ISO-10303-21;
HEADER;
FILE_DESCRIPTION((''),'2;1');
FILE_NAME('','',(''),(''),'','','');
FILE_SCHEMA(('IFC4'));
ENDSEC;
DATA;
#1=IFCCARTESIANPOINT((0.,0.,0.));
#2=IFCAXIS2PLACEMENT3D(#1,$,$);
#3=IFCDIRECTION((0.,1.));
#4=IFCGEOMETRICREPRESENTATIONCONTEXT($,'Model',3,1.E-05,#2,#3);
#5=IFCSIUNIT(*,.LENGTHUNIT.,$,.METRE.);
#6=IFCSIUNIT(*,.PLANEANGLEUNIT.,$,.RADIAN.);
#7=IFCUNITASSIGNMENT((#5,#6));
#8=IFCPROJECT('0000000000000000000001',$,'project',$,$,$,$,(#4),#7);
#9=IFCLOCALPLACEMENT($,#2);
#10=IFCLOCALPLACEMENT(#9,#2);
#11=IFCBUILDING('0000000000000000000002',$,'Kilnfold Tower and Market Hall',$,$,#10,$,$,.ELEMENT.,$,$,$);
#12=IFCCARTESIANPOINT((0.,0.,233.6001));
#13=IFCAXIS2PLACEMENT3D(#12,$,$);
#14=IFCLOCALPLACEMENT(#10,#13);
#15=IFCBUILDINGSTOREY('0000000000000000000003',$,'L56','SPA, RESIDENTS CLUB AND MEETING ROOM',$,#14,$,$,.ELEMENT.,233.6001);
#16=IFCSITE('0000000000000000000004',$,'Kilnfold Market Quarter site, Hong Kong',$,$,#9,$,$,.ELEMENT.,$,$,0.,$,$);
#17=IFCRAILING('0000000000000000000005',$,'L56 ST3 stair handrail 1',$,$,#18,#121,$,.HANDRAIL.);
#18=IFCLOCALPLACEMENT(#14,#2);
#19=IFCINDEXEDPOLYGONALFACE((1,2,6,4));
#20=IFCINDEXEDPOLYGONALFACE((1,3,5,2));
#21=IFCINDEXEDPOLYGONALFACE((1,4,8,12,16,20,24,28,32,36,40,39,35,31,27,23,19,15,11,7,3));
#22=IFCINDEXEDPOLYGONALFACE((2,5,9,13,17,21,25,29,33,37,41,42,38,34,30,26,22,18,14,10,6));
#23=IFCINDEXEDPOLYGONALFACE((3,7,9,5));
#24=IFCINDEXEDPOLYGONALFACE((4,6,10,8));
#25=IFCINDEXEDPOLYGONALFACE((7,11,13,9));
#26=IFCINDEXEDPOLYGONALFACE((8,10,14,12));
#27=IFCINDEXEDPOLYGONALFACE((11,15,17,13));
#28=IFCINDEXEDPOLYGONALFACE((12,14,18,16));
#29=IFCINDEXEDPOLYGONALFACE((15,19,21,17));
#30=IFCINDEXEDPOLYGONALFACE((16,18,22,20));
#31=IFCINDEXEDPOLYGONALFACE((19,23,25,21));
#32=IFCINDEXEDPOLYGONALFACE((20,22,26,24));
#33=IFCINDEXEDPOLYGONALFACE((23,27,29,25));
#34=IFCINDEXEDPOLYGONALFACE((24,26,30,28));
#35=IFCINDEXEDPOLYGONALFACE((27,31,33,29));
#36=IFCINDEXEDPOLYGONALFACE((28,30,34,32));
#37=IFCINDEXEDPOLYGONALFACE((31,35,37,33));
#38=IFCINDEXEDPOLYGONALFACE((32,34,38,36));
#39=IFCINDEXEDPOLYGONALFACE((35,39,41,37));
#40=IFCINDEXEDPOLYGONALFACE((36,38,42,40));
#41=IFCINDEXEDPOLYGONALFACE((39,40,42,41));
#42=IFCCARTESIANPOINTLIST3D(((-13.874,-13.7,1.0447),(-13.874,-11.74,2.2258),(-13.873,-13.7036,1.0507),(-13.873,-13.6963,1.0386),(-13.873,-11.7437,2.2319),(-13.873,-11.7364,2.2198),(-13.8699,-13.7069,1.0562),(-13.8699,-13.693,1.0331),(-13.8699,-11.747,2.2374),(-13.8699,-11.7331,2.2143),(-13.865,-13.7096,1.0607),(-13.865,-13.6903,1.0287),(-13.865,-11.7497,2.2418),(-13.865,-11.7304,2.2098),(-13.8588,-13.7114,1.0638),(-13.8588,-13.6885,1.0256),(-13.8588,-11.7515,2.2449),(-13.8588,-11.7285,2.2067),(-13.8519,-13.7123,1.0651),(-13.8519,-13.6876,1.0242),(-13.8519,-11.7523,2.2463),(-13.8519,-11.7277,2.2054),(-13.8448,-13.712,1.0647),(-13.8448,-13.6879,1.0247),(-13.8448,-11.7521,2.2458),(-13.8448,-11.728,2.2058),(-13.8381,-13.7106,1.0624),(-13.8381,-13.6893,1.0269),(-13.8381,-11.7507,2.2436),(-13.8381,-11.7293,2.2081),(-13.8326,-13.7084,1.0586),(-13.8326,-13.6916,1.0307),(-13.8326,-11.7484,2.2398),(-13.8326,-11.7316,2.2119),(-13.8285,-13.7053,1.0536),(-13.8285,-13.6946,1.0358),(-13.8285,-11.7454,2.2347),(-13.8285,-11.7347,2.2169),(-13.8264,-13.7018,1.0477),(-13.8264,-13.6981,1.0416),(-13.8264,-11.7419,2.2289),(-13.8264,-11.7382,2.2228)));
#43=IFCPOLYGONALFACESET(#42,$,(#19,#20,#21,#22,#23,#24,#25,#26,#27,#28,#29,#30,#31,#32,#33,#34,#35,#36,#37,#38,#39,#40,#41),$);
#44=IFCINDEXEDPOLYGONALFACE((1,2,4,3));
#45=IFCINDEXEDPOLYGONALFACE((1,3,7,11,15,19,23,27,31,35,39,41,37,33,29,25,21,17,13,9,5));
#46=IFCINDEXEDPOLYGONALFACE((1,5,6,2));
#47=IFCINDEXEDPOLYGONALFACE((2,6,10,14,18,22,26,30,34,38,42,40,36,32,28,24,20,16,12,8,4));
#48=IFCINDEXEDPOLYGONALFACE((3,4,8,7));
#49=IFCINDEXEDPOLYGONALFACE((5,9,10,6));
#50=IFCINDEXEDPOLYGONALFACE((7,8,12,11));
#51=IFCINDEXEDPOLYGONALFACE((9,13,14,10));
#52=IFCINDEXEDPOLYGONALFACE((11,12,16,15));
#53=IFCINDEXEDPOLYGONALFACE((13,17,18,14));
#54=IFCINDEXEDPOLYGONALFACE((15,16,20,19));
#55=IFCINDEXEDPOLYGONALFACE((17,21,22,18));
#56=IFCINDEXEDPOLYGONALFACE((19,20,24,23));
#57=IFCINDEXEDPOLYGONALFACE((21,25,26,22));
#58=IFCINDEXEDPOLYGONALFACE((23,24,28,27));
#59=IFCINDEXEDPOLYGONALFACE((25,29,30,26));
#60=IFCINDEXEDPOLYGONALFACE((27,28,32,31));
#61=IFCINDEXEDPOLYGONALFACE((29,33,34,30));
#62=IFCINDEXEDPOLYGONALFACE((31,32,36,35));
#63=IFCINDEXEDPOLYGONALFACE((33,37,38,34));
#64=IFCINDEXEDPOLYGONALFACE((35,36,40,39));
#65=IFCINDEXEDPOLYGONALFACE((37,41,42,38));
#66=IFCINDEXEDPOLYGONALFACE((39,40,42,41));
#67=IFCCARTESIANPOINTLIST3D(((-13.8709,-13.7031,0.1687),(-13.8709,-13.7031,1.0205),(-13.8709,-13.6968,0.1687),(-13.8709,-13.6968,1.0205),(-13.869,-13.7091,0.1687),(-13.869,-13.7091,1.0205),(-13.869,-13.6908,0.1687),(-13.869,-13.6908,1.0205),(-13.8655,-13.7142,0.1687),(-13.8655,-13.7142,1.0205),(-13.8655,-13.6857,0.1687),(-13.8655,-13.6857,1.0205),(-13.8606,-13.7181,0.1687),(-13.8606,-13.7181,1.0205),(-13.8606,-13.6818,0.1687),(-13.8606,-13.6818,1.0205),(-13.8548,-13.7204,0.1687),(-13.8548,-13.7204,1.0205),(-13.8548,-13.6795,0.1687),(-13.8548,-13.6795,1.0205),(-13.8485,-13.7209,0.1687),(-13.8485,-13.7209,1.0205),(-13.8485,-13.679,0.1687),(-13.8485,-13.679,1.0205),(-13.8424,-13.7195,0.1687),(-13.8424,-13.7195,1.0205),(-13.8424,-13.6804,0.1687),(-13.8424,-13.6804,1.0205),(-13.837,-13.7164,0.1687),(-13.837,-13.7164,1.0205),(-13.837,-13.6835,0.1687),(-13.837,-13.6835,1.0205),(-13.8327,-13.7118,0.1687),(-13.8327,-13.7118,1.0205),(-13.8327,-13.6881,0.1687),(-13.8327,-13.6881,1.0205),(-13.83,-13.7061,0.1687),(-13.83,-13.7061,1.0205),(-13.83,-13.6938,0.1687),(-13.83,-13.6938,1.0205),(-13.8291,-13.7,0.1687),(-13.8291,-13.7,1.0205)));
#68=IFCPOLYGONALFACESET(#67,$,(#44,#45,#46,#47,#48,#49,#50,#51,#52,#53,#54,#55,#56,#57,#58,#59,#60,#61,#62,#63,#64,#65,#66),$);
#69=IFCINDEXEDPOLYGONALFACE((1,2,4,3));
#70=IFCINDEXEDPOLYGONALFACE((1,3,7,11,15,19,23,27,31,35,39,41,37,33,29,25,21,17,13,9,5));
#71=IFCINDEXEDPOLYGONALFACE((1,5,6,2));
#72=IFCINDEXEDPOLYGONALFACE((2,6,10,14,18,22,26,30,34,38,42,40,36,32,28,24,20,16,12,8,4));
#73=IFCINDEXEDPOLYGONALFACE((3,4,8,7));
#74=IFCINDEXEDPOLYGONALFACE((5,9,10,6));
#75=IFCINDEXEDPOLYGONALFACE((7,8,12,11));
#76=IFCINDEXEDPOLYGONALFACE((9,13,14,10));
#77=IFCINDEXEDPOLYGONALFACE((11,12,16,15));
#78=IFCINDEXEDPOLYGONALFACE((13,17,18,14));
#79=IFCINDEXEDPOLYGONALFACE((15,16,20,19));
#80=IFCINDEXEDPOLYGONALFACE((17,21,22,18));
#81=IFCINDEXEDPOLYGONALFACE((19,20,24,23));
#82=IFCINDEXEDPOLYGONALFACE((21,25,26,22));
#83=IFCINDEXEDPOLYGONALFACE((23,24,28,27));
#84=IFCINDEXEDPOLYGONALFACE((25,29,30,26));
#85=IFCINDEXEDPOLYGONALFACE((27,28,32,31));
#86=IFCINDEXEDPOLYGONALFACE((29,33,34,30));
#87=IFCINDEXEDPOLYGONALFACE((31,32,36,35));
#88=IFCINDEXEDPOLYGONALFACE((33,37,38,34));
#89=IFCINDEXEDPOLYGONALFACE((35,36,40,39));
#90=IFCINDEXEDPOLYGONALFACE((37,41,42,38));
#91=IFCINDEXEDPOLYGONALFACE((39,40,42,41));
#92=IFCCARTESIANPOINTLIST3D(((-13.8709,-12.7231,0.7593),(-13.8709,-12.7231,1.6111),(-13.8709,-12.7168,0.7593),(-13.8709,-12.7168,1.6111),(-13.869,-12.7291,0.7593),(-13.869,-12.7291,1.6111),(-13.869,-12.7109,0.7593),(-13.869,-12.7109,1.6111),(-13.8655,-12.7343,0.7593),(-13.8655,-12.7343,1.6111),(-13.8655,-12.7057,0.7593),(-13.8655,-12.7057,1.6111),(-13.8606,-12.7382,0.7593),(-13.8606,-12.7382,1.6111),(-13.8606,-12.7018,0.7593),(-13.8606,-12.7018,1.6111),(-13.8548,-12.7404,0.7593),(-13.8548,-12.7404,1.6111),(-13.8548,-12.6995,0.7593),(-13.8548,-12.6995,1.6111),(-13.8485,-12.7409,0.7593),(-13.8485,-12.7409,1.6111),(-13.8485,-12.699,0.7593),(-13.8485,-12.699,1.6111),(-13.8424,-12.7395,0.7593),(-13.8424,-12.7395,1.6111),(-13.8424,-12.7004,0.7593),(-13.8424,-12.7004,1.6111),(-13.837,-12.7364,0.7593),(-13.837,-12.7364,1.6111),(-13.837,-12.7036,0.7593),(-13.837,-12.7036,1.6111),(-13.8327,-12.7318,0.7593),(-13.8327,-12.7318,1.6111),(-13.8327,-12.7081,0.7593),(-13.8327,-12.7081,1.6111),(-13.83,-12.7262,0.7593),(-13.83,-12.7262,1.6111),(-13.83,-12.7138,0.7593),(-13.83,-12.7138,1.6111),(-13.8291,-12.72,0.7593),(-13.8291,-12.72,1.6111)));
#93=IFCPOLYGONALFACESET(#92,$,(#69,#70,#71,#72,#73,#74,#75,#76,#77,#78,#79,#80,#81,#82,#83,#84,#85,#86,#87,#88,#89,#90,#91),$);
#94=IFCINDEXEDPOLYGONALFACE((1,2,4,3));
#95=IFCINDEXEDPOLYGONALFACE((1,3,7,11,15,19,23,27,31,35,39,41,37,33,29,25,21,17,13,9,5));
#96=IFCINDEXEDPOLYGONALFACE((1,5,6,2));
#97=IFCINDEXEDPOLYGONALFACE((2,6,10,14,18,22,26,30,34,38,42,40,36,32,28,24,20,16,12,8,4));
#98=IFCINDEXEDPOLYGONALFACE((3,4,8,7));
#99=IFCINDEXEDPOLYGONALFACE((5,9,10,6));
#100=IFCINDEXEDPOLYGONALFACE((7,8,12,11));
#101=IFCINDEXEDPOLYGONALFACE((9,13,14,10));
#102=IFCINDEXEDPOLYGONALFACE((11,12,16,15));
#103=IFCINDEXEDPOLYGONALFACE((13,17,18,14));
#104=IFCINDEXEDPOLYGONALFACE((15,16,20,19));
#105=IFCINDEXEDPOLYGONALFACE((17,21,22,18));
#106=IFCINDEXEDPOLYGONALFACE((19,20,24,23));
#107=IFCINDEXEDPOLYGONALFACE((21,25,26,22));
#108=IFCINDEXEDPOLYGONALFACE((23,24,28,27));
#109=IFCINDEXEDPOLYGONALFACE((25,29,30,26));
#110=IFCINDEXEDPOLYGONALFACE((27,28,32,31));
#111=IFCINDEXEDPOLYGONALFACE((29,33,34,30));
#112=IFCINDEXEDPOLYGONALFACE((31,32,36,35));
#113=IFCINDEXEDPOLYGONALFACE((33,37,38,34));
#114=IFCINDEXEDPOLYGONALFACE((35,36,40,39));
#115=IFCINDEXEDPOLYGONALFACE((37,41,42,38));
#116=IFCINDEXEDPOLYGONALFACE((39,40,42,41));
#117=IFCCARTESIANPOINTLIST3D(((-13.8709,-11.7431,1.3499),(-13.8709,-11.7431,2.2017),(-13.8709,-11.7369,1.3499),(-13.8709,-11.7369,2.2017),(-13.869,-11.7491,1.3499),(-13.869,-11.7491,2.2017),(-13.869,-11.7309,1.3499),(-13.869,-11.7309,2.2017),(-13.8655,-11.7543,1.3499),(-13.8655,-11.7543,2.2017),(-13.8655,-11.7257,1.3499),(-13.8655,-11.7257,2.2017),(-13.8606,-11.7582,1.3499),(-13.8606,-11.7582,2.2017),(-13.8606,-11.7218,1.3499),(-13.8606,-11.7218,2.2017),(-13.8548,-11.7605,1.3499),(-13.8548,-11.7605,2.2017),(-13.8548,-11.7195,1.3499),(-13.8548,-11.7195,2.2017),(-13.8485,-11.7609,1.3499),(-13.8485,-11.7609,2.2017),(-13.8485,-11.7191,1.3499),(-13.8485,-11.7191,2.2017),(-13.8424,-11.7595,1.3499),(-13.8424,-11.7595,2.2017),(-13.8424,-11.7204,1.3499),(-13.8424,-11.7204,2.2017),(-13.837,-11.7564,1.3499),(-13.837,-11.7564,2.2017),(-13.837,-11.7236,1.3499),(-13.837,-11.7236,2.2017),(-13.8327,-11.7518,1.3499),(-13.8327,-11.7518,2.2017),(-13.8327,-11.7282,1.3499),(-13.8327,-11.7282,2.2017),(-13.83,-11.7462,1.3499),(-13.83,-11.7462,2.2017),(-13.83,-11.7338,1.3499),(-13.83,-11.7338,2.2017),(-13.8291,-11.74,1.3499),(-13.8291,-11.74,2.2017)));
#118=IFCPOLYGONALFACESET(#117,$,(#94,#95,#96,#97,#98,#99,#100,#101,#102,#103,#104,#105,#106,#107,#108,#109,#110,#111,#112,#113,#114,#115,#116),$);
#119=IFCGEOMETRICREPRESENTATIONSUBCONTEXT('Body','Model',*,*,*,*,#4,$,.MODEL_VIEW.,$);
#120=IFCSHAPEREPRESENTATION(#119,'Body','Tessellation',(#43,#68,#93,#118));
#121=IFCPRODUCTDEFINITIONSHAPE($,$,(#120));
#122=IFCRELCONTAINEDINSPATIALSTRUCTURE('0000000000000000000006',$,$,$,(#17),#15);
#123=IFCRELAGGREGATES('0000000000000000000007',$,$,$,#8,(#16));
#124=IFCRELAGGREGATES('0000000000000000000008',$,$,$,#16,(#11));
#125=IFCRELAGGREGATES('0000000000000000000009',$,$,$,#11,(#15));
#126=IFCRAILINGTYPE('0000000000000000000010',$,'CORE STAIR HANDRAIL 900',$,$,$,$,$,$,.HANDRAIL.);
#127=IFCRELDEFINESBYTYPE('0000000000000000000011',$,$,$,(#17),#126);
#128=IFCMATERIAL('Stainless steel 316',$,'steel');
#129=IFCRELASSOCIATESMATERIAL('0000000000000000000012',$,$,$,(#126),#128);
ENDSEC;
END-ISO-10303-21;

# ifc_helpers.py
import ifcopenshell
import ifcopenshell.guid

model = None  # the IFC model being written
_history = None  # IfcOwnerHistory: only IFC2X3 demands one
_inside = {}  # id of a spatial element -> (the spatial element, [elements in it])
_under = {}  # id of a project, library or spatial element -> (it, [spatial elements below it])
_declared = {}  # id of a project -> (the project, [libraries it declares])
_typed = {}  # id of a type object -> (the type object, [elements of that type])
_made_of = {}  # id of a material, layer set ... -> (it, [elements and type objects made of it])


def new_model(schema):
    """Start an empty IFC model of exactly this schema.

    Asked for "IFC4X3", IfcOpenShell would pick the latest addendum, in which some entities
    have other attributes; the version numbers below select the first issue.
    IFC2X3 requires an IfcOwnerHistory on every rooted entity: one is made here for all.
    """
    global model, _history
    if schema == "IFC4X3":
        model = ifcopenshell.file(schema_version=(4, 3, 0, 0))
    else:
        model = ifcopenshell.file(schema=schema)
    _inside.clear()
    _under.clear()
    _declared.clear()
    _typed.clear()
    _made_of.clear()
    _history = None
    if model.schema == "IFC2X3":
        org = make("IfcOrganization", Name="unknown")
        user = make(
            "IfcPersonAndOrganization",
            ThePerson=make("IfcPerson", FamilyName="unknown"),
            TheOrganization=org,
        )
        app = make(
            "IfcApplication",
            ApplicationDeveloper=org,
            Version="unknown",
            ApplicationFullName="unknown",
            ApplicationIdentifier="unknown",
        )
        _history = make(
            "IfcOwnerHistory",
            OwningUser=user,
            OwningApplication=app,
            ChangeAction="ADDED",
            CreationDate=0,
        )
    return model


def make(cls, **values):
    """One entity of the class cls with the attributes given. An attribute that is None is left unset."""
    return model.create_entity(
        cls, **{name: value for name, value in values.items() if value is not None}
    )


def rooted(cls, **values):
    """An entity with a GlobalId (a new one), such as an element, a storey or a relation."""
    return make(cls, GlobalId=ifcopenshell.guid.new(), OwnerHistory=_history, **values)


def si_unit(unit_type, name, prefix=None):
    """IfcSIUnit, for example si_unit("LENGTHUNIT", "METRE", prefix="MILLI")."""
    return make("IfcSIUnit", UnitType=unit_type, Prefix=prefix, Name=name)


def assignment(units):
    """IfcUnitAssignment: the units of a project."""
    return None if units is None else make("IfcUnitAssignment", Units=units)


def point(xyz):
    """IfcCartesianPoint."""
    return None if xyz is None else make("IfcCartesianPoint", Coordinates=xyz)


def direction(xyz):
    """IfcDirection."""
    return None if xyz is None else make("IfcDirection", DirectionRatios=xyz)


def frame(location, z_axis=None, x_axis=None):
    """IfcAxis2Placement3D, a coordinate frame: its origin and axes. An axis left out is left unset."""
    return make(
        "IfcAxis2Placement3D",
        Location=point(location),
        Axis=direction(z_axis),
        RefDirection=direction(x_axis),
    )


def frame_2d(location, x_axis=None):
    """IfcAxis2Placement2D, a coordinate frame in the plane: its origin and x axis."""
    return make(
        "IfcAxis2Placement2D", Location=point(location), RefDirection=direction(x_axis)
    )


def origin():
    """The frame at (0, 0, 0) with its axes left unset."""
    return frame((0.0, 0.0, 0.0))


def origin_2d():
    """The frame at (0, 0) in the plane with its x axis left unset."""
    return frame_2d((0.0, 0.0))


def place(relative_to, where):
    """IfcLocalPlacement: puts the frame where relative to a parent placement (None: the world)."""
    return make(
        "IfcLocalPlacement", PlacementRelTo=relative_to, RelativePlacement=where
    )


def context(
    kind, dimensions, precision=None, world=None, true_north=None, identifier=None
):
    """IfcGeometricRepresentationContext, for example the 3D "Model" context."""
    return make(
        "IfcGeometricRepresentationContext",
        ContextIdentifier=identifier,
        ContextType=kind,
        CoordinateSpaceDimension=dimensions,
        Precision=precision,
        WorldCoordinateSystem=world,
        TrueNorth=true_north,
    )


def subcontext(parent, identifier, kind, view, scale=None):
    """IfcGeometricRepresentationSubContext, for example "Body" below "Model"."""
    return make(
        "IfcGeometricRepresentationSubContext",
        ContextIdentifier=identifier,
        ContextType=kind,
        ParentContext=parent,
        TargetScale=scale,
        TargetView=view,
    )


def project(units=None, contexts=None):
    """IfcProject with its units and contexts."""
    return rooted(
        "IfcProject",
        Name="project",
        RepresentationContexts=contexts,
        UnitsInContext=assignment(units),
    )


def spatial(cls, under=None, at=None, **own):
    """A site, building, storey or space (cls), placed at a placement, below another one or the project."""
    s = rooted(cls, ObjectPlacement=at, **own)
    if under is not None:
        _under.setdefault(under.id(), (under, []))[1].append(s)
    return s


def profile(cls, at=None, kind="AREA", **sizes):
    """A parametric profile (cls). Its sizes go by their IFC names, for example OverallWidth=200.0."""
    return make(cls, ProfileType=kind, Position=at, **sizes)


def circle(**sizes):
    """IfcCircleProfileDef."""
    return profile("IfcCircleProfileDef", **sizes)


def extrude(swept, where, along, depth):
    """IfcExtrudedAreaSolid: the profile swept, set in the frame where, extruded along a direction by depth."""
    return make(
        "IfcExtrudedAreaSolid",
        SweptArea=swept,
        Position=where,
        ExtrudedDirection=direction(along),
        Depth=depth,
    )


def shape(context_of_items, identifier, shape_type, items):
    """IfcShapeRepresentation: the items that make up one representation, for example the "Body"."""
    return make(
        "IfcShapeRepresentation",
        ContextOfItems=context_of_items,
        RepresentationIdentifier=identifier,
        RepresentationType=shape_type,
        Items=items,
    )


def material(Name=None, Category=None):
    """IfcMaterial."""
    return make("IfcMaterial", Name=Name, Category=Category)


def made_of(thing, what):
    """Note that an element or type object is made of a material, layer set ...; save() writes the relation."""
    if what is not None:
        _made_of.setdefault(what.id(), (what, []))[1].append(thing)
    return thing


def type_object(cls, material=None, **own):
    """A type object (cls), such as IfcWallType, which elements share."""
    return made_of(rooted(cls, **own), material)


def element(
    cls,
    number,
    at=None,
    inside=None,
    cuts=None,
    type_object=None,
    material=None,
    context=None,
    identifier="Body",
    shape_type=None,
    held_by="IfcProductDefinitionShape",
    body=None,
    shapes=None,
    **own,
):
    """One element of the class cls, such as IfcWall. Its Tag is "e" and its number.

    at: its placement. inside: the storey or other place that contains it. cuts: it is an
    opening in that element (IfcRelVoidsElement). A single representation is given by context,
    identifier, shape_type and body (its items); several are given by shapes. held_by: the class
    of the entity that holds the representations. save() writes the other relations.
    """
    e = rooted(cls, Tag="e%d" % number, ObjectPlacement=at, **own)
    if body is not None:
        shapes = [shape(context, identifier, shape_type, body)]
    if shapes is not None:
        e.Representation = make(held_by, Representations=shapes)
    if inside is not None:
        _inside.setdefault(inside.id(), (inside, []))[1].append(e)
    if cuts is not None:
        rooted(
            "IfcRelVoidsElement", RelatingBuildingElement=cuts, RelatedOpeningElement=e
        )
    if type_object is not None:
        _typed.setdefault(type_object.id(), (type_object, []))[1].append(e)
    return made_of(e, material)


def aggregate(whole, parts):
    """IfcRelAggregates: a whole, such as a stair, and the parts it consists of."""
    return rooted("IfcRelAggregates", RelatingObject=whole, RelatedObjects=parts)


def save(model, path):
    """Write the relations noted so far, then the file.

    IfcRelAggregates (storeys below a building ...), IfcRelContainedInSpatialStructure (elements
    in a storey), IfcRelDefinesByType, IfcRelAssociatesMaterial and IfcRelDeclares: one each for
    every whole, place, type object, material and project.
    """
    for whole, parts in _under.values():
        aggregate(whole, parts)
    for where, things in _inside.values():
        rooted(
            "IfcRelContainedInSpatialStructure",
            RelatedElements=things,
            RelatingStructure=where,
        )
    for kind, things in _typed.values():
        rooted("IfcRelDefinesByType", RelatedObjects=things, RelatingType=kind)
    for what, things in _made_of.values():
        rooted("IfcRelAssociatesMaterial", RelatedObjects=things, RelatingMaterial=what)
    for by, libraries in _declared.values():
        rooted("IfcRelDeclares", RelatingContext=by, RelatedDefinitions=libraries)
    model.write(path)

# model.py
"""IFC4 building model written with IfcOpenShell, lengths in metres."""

from ifc_helpers import new_model, si_unit, direction, frame, origin, origin_2d, place, context, subcontext, project, spatial, circle, extrude, material, type_object, element, save


model = new_model("IFC4")

# Units and contexts
model_context = context("Model", 3, precision=1e-05, world=origin(), true_north=direction((0.0, 1.0)))
body_context = subcontext(model_context, "Body", "Model", "MODEL_VIEW")
ifc_project = project(units=[si_unit("LENGTHUNIT", "METRE"), si_unit("PLANEANGLEUNIT", "RADIAN")], contexts=[model_context])

# Site, building, storey
site_placement = place(None, origin())
site = spatial("IfcSite", under=ifc_project, at=site_placement, Name="Kilnfold Market Quarter site, Hong Kong", CompositionType="ELEMENT", RefElevation=0.0)
building_placement = place(site_placement, origin())
building = spatial("IfcBuilding", under=site, at=building_placement, Name="Kilnfold Tower and Market Hall", CompositionType="ELEMENT")
storey_placement = place(building_placement, frame((0.0, 0.0, 233.6001)))
storey = spatial("IfcBuildingStorey", under=building, at=storey_placement, Name="L56", Description="SPA, RESIDENTS CLUB AND MEETING ROOM", CompositionType="ELEMENT", Elevation=233.6001)

# Railing
ifc_material_1 = material(Name="Stainless steel 316", Category="steel")
railing_type_1 = type_object("IfcRailingType", Name="CORE STAIR HANDRAIL 900", PredefinedType="HANDRAIL", material=ifc_material_1)
railing_1_placement = place(storey_placement, frame((-13.8501, -13.7, 0.1687)))
element("IfcRailing", 1, at=railing_1_placement, inside=storey, type_object=railing_type_1, Name="L56 ST3 stair handrail 1", PredefinedType="HANDRAIL", context=body_context, shape_type="SweptSolid", body=[
    extrude(circle(Radius=0.0239, at=origin_2d()), frame((0.0, 0.0, 0.876), z_axis=(0.0, 0.856493, 0.516158), x_axis=(-1.0, 0.0, 0.0)), (0.0, 0.0, 1.0), 2.2883),
    extrude(circle(Radius=0.021, at=origin_2d()), origin(), (0.0, 0.0, 1.0), 0.8518),
    extrude(circle(Radius=0.021, at=origin_2d()), frame((0.0, 0.98, 0.5906)), (0.0, 0.0, 1.0), 0.8518),
    extrude(circle(Radius=0.021, at=origin_2d()), frame((0.0, 1.96, 1.1812)), (0.0, 0.0, 1.0), 0.8518),
])

save(model, "model.ifc")
